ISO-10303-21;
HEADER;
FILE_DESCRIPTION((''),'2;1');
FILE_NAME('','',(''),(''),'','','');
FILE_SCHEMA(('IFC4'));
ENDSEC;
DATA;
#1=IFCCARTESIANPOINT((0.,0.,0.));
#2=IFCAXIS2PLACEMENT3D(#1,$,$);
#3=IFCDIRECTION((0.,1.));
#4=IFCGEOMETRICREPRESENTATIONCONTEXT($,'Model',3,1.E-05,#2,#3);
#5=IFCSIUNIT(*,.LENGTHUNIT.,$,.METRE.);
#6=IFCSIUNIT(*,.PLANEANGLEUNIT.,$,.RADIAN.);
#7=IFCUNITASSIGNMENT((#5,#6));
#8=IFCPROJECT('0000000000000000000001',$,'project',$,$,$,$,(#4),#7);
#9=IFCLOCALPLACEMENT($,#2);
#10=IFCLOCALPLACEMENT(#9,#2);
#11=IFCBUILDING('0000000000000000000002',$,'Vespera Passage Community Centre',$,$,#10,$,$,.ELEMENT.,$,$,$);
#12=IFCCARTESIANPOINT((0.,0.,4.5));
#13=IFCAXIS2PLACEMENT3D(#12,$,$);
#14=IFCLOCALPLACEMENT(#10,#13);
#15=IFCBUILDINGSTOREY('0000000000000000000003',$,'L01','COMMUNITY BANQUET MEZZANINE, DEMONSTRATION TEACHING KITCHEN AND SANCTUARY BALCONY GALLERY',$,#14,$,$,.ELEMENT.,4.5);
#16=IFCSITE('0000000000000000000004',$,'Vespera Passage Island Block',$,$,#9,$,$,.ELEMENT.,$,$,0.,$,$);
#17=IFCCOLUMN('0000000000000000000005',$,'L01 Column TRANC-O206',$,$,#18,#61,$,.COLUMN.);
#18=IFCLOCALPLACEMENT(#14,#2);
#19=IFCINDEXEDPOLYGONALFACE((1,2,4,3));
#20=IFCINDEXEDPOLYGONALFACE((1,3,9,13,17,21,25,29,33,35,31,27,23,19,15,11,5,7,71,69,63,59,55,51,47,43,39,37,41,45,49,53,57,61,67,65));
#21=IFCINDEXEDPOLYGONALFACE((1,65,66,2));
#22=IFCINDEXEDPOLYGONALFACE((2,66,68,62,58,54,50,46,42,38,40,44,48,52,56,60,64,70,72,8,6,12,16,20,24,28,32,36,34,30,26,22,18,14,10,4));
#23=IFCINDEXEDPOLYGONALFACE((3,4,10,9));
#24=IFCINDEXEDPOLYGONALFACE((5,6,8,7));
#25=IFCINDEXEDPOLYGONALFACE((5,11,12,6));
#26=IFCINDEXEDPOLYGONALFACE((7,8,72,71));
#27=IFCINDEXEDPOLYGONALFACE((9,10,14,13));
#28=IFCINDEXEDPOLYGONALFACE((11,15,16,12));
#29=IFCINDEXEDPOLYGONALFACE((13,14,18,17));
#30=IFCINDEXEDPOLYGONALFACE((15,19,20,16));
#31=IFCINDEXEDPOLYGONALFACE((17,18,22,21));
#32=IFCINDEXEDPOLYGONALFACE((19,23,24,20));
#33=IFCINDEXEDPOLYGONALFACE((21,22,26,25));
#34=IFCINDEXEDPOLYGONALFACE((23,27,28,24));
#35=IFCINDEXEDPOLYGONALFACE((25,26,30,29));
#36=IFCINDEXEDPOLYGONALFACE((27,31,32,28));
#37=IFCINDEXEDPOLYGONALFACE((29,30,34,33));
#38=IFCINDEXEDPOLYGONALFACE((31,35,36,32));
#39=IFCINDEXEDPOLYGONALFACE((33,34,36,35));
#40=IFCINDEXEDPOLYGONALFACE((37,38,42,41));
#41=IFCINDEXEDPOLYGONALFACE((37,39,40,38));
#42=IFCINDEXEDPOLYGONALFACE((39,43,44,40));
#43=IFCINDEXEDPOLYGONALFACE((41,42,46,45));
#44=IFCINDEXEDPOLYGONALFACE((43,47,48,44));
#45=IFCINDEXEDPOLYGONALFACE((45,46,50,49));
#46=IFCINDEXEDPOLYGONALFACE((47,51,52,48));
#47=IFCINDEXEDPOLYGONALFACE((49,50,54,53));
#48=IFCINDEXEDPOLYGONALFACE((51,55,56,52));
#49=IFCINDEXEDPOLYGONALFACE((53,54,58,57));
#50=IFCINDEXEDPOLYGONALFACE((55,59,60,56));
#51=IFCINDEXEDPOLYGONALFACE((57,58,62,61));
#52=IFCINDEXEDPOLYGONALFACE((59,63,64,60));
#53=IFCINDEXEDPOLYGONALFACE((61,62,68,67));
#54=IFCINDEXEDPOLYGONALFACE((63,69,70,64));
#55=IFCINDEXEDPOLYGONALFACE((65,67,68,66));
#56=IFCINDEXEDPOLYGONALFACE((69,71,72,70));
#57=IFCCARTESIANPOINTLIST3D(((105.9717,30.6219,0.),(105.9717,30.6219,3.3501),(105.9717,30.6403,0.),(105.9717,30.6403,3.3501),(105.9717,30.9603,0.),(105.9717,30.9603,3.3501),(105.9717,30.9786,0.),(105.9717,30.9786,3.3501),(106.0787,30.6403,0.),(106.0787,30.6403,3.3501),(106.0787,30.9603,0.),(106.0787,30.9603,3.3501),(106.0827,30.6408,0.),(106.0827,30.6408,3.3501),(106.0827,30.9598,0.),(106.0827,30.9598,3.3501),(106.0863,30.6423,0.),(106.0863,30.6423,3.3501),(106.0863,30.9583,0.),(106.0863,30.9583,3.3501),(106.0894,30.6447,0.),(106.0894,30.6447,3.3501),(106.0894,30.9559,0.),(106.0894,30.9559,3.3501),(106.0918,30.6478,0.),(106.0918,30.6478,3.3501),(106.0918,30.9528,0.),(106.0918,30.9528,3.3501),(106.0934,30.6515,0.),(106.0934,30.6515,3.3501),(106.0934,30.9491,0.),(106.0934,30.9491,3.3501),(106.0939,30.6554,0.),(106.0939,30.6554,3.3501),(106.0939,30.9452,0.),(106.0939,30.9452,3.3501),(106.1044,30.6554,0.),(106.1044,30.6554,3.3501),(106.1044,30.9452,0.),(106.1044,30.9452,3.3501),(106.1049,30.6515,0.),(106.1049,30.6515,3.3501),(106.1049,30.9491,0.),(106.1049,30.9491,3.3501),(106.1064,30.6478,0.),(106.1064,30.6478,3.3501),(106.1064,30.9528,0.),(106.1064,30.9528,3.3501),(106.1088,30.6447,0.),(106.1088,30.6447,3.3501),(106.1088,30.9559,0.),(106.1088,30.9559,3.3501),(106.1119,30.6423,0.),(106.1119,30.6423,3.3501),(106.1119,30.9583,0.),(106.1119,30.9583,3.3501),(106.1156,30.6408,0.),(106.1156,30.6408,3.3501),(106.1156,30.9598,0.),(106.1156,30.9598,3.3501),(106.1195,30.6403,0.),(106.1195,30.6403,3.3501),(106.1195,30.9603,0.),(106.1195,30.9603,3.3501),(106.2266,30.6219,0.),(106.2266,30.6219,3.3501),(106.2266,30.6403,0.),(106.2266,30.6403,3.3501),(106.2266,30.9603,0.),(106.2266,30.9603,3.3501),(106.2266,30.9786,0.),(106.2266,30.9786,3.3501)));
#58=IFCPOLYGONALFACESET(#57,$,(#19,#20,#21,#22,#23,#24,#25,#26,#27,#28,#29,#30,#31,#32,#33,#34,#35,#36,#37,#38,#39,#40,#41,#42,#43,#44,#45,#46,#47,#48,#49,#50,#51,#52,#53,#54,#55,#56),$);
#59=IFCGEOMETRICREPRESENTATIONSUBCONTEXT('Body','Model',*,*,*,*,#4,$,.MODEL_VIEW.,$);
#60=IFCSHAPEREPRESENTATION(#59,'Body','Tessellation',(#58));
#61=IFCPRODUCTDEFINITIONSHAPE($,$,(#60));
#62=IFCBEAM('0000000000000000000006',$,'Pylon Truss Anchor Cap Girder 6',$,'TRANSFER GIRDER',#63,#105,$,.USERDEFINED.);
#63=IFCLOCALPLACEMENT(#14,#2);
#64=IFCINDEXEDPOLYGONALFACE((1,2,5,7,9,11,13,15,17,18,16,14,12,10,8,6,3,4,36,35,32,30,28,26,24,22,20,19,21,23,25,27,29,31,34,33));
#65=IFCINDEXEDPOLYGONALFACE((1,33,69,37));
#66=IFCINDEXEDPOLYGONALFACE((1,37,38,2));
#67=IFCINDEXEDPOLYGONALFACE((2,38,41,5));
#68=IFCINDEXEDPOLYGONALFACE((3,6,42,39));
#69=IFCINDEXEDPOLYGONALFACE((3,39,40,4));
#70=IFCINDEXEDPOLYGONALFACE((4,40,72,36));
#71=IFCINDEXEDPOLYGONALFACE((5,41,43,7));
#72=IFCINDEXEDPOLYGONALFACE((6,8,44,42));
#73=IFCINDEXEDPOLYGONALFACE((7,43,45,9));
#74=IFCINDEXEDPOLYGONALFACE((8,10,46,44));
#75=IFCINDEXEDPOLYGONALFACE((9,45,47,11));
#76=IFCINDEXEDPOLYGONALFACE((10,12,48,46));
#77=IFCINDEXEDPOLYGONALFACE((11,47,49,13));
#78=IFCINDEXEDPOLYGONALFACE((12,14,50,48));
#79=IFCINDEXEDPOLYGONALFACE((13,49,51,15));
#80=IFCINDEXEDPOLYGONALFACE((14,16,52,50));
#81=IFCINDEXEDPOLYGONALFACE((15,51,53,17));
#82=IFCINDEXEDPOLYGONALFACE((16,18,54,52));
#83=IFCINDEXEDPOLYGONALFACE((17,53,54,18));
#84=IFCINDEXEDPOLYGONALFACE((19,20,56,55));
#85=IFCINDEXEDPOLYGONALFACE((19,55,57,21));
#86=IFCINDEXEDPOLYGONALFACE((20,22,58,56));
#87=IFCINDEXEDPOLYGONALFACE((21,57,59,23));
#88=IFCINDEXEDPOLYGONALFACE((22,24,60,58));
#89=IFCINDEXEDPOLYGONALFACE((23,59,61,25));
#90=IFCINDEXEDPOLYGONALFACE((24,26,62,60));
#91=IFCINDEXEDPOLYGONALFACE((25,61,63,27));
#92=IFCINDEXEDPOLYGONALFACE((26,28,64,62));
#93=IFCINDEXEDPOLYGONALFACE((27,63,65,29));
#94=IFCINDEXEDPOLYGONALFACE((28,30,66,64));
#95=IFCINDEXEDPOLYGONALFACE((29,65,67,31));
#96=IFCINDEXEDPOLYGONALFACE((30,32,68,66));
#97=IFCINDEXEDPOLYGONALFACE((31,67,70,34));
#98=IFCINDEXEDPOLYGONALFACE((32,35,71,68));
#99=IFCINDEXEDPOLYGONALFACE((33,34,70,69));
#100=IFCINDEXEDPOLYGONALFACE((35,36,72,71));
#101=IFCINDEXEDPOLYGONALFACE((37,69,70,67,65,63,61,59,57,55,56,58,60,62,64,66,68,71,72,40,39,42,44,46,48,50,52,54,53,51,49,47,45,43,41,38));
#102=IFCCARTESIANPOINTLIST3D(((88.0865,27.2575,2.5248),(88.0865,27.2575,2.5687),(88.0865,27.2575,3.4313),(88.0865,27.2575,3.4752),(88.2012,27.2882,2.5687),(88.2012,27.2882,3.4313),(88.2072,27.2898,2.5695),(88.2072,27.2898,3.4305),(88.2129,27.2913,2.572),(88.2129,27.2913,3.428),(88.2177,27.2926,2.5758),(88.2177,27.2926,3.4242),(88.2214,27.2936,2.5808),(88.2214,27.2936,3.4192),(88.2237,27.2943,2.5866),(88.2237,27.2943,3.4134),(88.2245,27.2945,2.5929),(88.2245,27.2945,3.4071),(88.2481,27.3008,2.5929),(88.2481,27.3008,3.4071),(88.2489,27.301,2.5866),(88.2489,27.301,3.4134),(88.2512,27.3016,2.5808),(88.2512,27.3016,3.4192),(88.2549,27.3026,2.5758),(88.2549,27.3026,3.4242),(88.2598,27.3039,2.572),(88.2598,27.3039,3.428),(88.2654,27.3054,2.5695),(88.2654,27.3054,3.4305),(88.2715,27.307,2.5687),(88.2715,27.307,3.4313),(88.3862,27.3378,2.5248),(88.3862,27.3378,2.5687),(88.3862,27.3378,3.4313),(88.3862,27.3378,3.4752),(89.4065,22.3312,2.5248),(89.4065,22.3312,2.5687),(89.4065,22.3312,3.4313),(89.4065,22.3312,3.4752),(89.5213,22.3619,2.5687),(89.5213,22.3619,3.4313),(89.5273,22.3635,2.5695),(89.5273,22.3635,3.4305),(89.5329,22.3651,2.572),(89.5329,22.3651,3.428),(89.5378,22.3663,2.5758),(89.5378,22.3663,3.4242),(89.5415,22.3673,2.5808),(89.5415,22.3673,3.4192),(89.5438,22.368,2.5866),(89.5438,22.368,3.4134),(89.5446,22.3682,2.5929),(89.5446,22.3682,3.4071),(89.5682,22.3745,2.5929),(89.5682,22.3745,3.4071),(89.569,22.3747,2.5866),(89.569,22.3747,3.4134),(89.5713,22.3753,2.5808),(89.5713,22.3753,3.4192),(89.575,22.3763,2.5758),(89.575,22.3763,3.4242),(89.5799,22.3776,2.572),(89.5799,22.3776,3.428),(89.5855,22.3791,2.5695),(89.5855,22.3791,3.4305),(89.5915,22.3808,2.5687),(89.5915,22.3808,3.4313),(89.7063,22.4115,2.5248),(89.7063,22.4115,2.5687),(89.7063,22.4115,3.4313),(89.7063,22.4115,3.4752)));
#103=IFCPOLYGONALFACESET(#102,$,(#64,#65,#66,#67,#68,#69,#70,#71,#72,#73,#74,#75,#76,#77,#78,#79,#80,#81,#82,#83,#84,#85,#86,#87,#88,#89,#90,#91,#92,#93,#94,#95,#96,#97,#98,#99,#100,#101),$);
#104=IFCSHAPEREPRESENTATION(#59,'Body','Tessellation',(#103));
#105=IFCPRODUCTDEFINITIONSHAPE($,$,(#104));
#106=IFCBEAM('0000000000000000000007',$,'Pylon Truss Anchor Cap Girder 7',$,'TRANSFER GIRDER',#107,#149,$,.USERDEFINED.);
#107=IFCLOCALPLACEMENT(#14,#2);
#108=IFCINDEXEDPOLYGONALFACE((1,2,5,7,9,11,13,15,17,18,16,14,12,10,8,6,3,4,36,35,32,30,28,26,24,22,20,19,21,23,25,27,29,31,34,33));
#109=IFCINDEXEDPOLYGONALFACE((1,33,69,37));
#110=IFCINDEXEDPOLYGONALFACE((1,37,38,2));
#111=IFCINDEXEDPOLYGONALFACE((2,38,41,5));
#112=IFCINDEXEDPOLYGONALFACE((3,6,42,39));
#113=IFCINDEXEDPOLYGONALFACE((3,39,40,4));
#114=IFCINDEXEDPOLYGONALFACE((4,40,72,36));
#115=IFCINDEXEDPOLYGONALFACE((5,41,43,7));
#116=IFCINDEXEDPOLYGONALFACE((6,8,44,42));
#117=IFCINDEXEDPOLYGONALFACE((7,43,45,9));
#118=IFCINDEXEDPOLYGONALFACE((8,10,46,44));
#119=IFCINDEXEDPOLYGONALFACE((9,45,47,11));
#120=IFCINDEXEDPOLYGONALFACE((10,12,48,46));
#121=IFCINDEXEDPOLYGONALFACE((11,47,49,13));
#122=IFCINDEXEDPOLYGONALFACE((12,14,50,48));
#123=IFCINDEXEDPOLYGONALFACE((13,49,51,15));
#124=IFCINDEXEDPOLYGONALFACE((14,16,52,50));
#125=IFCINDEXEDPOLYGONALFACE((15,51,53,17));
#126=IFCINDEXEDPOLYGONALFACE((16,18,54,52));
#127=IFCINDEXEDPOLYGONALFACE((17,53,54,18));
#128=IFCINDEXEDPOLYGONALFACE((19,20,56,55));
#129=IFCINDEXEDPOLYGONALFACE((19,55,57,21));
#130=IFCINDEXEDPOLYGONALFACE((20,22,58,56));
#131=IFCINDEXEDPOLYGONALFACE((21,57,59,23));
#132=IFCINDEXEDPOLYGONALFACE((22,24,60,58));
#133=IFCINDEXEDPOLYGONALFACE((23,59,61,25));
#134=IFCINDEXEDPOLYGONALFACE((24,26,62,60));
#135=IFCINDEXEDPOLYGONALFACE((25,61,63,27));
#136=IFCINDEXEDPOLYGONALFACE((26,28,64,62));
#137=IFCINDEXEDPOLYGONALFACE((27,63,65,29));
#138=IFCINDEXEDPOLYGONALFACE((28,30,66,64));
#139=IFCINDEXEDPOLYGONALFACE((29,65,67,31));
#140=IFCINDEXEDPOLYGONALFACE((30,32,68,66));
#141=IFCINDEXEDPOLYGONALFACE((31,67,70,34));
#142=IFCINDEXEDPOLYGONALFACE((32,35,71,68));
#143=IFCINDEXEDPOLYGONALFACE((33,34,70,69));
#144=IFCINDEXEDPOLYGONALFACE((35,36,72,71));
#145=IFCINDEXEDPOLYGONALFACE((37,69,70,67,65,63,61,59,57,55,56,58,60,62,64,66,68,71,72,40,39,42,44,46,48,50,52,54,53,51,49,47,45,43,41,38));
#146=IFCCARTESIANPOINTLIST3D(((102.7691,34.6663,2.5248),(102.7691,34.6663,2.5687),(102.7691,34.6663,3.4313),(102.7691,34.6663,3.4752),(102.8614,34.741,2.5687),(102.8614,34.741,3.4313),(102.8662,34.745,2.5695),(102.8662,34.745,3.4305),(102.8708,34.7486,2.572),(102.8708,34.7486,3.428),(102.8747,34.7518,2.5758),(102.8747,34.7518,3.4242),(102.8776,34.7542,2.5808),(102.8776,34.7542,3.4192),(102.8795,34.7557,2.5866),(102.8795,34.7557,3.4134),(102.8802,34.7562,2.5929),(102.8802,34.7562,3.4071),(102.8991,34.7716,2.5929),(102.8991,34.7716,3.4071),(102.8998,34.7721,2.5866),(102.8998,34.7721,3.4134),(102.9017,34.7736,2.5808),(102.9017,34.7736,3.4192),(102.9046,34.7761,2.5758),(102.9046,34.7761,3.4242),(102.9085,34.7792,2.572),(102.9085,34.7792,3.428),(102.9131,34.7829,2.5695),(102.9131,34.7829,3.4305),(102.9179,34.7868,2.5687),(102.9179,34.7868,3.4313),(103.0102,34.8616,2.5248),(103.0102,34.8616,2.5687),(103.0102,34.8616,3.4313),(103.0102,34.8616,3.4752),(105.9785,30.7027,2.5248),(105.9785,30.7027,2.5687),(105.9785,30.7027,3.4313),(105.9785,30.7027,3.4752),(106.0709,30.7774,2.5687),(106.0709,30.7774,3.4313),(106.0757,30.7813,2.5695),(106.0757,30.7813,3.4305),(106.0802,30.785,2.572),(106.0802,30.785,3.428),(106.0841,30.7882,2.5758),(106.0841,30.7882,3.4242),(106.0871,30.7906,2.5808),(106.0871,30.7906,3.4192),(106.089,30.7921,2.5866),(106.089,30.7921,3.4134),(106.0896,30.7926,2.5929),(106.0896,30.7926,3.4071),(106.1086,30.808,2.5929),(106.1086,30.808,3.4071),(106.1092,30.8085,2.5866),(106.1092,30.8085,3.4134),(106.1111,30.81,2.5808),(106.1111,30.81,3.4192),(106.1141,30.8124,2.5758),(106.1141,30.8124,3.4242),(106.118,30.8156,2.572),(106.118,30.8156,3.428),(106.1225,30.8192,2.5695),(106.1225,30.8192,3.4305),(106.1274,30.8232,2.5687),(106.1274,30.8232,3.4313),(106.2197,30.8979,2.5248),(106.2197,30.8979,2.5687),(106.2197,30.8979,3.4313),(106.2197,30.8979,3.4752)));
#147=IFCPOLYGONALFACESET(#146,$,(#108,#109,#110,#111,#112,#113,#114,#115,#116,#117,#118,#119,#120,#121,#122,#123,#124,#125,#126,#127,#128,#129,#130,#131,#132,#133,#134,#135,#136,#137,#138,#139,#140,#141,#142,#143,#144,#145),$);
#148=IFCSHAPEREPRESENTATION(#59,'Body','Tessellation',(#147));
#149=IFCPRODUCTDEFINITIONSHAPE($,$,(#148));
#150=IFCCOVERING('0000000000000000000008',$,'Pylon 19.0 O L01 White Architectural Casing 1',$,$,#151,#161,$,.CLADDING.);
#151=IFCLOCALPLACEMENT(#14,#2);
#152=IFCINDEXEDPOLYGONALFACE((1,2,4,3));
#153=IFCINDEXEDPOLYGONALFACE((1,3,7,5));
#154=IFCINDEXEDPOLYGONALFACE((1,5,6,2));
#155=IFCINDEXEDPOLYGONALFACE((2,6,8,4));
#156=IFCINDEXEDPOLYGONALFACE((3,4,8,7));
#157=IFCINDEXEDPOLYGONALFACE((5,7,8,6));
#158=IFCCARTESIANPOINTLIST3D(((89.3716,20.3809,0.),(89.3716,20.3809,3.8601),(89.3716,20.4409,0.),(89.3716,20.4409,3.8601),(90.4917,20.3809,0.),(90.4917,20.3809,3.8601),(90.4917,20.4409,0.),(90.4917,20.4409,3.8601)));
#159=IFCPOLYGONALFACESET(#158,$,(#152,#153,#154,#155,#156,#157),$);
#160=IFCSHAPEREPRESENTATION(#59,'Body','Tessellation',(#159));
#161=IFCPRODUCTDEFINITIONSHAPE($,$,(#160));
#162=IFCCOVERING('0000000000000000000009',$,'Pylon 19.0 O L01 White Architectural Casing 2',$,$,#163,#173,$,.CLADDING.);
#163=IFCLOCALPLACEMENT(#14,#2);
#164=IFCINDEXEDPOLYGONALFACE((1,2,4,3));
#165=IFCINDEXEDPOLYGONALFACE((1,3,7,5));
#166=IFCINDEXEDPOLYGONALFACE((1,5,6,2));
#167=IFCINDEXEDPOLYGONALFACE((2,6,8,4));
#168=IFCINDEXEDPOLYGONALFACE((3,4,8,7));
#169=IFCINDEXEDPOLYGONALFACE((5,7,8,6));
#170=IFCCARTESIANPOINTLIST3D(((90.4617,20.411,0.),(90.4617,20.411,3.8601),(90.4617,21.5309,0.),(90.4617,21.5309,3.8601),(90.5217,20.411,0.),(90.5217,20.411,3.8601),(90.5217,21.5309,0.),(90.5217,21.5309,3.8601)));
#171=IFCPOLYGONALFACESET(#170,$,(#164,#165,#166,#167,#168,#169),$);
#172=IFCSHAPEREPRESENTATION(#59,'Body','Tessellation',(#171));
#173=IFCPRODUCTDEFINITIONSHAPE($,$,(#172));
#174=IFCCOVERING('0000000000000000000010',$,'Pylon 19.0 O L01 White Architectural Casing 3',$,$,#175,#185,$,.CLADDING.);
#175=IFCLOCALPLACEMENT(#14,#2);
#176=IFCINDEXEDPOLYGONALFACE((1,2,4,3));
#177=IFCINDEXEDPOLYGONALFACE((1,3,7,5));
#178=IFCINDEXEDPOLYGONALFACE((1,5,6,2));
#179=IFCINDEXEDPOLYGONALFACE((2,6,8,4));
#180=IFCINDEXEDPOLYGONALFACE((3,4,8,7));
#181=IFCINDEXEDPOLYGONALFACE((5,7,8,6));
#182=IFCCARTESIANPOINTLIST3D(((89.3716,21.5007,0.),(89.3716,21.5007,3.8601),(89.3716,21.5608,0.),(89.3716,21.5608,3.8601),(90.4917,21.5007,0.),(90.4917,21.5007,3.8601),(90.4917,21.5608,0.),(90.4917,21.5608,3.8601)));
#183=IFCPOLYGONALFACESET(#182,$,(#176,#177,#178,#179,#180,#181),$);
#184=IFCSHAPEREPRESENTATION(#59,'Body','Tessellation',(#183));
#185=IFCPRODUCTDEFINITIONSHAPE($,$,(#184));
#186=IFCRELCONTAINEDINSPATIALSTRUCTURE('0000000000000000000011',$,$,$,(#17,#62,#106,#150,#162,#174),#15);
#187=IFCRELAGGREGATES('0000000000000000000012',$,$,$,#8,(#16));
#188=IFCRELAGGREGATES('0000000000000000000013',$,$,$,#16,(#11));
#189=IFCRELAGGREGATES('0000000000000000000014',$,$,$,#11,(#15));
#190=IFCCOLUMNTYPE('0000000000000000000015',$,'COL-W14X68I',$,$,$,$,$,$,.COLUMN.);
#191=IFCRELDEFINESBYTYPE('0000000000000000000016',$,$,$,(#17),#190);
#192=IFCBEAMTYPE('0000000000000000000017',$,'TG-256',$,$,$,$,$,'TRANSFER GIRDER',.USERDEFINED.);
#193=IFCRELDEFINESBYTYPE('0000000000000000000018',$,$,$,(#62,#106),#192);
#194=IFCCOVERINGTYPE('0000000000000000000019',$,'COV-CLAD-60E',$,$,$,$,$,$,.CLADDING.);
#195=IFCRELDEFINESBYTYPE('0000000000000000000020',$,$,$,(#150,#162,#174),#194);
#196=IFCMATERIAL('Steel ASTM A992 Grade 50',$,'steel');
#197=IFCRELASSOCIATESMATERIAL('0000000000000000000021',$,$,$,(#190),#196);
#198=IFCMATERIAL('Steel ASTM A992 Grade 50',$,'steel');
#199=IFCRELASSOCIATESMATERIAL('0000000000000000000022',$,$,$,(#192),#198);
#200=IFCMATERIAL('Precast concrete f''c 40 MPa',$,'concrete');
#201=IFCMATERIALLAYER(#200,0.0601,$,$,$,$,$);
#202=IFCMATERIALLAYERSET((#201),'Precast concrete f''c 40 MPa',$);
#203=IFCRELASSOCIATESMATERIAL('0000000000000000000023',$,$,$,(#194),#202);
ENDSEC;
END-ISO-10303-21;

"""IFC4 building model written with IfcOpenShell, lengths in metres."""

from ifc_helpers import new_model, si_unit, direction, frame, frame_2d, origin, origin_2d, place, context, subcontext, project, spatial, rectangle, i_section, extrude, material, layer, layer_set, material_profile, profile_set, type_object, element, save


model = new_model("IFC4")

# Units and contexts
model_context = context("Model", 3, precision=1e-05, world=origin(), true_north=direction((0.0, 1.0)))
body_context = subcontext(model_context, "Body", "Model", "MODEL_VIEW")
ifc_project = project(units=[si_unit("LENGTHUNIT", "METRE"), si_unit("PLANEANGLEUNIT", "RADIAN")], contexts=[model_context])

# Site, building, storey
site_placement = place(None, origin())
site = spatial("IfcSite", under=ifc_project, at=site_placement, Name="Vespera Passage Island Block", CompositionType="ELEMENT", RefElevation=0.0)
building_placement = place(site_placement, origin())
building = spatial("IfcBuilding", under=site, at=building_placement, Name="Vespera Passage Community Centre", CompositionType="ELEMENT")
storey_placement = place(building_placement, frame((0.0, 0.0, 4.5)))
storey = spatial("IfcBuildingStorey", under=building, at=storey_placement, Name="L01", Description="COMMUNITY BANQUET MEZZANINE, DEMONSTRATION TEACHING KITCHEN AND SANCTUARY BALCONY GALLERY", CompositionType="ELEMENT", Elevation=4.5)

# Column
ifc_material_1 = material(Name="Steel ASTM A992 Grade 50", Category="steel")
ifc_material_profile_1 = material_profile(ifc_material_1, i_section(OverallWidth=0.2549, OverallDepth=0.3567, WebThickness=0.0105, FlangeThickness=0.0183, FilletRadius=0.0151, at=origin_2d()), Name="W14X68")
ifc_profile_set_1 = profile_set([ifc_material_profile_1], Name="Steel ASTM A992 Grade 50")
column_type_1 = type_object("IfcColumnType", Name="COL-W14X68I", PredefinedType="COLUMN", material=ifc_profile_set_1)
for number, where, z_axis, x_axis, name in (
    (1, (106.0991, 30.8003, 0.0), (0.0, 0.0, 1.0), (1.0, 0.0, 0.0), "L01 Column TRANC-O206"),
):
    element("IfcColumn", number, at=place(storey_placement, frame(where, z_axis=z_axis, x_axis=x_axis)), inside=storey, type_object=column_type_1, Name=name, PredefinedType="COLUMN", context=body_context, shape_type="SweptSolid", body=[
        extrude(i_section(OverallWidth=0.2549, OverallDepth=0.3567, WebThickness=0.0105, FlangeThickness=0.0183, FilletRadius=0.0151, at=origin_2d()), origin(), (0.0, 0.0, 1.0), 3.3501),
    ])

# Beams
ifc_material_2 = material(Name="Steel ASTM A992 Grade 50", Category="steel")
ifc_material_profile_2 = material_profile(ifc_material_2, i_section(OverallWidth=0.3103, OverallDepth=0.9504, WebThickness=0.0244, FlangeThickness=0.0439, FilletRadius=0.0242, at=origin_2d()), Name="W36X256")
ifc_profile_set_2 = profile_set([ifc_material_profile_2], Name="Steel ASTM A992 Grade 50")
beam_type = type_object("IfcBeamType", Name="TG-256", ElementType="TRANSFER GIRDER", PredefinedType="USERDEFINED", material=ifc_profile_set_2)
for number, where, z_axis, x_axis, name in (
    (2, (89.5564, 22.3713, 3.0), (-0.258833, 0.965922, 0.0), (-0.965922, -0.258833, 0.0), "Pylon Truss Anchor Cap Girder 6"),
    (3, (106.0991, 30.8003, 3.0), (-0.629296, 0.777166, 0.0), (-0.777166, -0.629296, 0.0), "Pylon Truss Anchor Cap Girder 7"),
):
    element("IfcBeam", number, at=place(storey_placement, frame(where, z_axis=z_axis, x_axis=x_axis)), inside=storey, type_object=beam_type, Name=name, ObjectType="TRANSFER GIRDER", PredefinedType="USERDEFINED", context=body_context, shape_type="SweptSolid", body=[
        extrude(i_section(OverallWidth=0.3103, OverallDepth=0.9504, WebThickness=0.0244, FlangeThickness=0.0439, FilletRadius=0.0242, at=origin_2d()), origin(), (0.0, 0.0, 1.0), 5.1001),
    ])

# Coverings
ifc_material_3 = material(Name="Precast concrete f'c 40 MPa", Category="concrete")
ifc_layer = layer(ifc_material_3, 0.0601)
ifc_layer_set = layer_set([ifc_layer], Name="Precast concrete f'c 40 MPa")
covering_type = type_object("IfcCoveringType", Name="COV-CLAD-60E", PredefinedType="CLADDING", material=ifc_layer_set)
covering_1_placement = place(storey_placement, frame((89.3716, 20.4109, 0.0), z_axis=(0.0, 0.0, 1.0), x_axis=(1.0, 0.0, 0.0)))
element("IfcCovering", 4, at=covering_1_placement, inside=storey, type_object=covering_type, Name="Pylon 19.0 O L01 White Architectural Casing 1", PredefinedType="CLADDING", context=body_context, shape_type="SweptSolid", body=[
    extrude(rectangle(XDim=1.1201, YDim=0.0601, at=frame_2d((0.5601, 0.0))), origin(), (0.0, 0.0, 1.0), 3.8601),
])
covering_2_placement = place(storey_placement, frame((90.4917, 20.4109, 0.0), z_axis=(0.0, 0.0, 1.0), x_axis=(0.0, 1.0, 0.0)))
element("IfcCovering", 5, at=covering_2_placement, inside=storey, type_object=covering_type, Name="Pylon 19.0 O L01 White Architectural Casing 2", PredefinedType="CLADDING", context=body_context, shape_type="SweptSolid", body=[
    extrude(rectangle(XDim=1.1199, YDim=0.0601, at=frame_2d((0.5601, 0.0))), origin(), (0.0, 0.0, 1.0), 3.8601),
])
covering_3_placement = place(storey_placement, frame((90.4917, 21.5308, 0.0), z_axis=(0.0, 0.0, 1.0), x_axis=(-1.0, 0.0, 0.0)))
element("IfcCovering", 6, at=covering_3_placement, inside=storey, type_object=covering_type, Name="Pylon 19.0 O L01 White Architectural Casing 3", PredefinedType="CLADDING", context=body_context, shape_type="SweptSolid", body=[
    extrude(rectangle(XDim=1.1201, YDim=0.0601, at=frame_2d((0.5601, 0.0))), origin(), (0.0, 0.0, 1.0), 3.8601),
])

save(model, "model.ifc")
